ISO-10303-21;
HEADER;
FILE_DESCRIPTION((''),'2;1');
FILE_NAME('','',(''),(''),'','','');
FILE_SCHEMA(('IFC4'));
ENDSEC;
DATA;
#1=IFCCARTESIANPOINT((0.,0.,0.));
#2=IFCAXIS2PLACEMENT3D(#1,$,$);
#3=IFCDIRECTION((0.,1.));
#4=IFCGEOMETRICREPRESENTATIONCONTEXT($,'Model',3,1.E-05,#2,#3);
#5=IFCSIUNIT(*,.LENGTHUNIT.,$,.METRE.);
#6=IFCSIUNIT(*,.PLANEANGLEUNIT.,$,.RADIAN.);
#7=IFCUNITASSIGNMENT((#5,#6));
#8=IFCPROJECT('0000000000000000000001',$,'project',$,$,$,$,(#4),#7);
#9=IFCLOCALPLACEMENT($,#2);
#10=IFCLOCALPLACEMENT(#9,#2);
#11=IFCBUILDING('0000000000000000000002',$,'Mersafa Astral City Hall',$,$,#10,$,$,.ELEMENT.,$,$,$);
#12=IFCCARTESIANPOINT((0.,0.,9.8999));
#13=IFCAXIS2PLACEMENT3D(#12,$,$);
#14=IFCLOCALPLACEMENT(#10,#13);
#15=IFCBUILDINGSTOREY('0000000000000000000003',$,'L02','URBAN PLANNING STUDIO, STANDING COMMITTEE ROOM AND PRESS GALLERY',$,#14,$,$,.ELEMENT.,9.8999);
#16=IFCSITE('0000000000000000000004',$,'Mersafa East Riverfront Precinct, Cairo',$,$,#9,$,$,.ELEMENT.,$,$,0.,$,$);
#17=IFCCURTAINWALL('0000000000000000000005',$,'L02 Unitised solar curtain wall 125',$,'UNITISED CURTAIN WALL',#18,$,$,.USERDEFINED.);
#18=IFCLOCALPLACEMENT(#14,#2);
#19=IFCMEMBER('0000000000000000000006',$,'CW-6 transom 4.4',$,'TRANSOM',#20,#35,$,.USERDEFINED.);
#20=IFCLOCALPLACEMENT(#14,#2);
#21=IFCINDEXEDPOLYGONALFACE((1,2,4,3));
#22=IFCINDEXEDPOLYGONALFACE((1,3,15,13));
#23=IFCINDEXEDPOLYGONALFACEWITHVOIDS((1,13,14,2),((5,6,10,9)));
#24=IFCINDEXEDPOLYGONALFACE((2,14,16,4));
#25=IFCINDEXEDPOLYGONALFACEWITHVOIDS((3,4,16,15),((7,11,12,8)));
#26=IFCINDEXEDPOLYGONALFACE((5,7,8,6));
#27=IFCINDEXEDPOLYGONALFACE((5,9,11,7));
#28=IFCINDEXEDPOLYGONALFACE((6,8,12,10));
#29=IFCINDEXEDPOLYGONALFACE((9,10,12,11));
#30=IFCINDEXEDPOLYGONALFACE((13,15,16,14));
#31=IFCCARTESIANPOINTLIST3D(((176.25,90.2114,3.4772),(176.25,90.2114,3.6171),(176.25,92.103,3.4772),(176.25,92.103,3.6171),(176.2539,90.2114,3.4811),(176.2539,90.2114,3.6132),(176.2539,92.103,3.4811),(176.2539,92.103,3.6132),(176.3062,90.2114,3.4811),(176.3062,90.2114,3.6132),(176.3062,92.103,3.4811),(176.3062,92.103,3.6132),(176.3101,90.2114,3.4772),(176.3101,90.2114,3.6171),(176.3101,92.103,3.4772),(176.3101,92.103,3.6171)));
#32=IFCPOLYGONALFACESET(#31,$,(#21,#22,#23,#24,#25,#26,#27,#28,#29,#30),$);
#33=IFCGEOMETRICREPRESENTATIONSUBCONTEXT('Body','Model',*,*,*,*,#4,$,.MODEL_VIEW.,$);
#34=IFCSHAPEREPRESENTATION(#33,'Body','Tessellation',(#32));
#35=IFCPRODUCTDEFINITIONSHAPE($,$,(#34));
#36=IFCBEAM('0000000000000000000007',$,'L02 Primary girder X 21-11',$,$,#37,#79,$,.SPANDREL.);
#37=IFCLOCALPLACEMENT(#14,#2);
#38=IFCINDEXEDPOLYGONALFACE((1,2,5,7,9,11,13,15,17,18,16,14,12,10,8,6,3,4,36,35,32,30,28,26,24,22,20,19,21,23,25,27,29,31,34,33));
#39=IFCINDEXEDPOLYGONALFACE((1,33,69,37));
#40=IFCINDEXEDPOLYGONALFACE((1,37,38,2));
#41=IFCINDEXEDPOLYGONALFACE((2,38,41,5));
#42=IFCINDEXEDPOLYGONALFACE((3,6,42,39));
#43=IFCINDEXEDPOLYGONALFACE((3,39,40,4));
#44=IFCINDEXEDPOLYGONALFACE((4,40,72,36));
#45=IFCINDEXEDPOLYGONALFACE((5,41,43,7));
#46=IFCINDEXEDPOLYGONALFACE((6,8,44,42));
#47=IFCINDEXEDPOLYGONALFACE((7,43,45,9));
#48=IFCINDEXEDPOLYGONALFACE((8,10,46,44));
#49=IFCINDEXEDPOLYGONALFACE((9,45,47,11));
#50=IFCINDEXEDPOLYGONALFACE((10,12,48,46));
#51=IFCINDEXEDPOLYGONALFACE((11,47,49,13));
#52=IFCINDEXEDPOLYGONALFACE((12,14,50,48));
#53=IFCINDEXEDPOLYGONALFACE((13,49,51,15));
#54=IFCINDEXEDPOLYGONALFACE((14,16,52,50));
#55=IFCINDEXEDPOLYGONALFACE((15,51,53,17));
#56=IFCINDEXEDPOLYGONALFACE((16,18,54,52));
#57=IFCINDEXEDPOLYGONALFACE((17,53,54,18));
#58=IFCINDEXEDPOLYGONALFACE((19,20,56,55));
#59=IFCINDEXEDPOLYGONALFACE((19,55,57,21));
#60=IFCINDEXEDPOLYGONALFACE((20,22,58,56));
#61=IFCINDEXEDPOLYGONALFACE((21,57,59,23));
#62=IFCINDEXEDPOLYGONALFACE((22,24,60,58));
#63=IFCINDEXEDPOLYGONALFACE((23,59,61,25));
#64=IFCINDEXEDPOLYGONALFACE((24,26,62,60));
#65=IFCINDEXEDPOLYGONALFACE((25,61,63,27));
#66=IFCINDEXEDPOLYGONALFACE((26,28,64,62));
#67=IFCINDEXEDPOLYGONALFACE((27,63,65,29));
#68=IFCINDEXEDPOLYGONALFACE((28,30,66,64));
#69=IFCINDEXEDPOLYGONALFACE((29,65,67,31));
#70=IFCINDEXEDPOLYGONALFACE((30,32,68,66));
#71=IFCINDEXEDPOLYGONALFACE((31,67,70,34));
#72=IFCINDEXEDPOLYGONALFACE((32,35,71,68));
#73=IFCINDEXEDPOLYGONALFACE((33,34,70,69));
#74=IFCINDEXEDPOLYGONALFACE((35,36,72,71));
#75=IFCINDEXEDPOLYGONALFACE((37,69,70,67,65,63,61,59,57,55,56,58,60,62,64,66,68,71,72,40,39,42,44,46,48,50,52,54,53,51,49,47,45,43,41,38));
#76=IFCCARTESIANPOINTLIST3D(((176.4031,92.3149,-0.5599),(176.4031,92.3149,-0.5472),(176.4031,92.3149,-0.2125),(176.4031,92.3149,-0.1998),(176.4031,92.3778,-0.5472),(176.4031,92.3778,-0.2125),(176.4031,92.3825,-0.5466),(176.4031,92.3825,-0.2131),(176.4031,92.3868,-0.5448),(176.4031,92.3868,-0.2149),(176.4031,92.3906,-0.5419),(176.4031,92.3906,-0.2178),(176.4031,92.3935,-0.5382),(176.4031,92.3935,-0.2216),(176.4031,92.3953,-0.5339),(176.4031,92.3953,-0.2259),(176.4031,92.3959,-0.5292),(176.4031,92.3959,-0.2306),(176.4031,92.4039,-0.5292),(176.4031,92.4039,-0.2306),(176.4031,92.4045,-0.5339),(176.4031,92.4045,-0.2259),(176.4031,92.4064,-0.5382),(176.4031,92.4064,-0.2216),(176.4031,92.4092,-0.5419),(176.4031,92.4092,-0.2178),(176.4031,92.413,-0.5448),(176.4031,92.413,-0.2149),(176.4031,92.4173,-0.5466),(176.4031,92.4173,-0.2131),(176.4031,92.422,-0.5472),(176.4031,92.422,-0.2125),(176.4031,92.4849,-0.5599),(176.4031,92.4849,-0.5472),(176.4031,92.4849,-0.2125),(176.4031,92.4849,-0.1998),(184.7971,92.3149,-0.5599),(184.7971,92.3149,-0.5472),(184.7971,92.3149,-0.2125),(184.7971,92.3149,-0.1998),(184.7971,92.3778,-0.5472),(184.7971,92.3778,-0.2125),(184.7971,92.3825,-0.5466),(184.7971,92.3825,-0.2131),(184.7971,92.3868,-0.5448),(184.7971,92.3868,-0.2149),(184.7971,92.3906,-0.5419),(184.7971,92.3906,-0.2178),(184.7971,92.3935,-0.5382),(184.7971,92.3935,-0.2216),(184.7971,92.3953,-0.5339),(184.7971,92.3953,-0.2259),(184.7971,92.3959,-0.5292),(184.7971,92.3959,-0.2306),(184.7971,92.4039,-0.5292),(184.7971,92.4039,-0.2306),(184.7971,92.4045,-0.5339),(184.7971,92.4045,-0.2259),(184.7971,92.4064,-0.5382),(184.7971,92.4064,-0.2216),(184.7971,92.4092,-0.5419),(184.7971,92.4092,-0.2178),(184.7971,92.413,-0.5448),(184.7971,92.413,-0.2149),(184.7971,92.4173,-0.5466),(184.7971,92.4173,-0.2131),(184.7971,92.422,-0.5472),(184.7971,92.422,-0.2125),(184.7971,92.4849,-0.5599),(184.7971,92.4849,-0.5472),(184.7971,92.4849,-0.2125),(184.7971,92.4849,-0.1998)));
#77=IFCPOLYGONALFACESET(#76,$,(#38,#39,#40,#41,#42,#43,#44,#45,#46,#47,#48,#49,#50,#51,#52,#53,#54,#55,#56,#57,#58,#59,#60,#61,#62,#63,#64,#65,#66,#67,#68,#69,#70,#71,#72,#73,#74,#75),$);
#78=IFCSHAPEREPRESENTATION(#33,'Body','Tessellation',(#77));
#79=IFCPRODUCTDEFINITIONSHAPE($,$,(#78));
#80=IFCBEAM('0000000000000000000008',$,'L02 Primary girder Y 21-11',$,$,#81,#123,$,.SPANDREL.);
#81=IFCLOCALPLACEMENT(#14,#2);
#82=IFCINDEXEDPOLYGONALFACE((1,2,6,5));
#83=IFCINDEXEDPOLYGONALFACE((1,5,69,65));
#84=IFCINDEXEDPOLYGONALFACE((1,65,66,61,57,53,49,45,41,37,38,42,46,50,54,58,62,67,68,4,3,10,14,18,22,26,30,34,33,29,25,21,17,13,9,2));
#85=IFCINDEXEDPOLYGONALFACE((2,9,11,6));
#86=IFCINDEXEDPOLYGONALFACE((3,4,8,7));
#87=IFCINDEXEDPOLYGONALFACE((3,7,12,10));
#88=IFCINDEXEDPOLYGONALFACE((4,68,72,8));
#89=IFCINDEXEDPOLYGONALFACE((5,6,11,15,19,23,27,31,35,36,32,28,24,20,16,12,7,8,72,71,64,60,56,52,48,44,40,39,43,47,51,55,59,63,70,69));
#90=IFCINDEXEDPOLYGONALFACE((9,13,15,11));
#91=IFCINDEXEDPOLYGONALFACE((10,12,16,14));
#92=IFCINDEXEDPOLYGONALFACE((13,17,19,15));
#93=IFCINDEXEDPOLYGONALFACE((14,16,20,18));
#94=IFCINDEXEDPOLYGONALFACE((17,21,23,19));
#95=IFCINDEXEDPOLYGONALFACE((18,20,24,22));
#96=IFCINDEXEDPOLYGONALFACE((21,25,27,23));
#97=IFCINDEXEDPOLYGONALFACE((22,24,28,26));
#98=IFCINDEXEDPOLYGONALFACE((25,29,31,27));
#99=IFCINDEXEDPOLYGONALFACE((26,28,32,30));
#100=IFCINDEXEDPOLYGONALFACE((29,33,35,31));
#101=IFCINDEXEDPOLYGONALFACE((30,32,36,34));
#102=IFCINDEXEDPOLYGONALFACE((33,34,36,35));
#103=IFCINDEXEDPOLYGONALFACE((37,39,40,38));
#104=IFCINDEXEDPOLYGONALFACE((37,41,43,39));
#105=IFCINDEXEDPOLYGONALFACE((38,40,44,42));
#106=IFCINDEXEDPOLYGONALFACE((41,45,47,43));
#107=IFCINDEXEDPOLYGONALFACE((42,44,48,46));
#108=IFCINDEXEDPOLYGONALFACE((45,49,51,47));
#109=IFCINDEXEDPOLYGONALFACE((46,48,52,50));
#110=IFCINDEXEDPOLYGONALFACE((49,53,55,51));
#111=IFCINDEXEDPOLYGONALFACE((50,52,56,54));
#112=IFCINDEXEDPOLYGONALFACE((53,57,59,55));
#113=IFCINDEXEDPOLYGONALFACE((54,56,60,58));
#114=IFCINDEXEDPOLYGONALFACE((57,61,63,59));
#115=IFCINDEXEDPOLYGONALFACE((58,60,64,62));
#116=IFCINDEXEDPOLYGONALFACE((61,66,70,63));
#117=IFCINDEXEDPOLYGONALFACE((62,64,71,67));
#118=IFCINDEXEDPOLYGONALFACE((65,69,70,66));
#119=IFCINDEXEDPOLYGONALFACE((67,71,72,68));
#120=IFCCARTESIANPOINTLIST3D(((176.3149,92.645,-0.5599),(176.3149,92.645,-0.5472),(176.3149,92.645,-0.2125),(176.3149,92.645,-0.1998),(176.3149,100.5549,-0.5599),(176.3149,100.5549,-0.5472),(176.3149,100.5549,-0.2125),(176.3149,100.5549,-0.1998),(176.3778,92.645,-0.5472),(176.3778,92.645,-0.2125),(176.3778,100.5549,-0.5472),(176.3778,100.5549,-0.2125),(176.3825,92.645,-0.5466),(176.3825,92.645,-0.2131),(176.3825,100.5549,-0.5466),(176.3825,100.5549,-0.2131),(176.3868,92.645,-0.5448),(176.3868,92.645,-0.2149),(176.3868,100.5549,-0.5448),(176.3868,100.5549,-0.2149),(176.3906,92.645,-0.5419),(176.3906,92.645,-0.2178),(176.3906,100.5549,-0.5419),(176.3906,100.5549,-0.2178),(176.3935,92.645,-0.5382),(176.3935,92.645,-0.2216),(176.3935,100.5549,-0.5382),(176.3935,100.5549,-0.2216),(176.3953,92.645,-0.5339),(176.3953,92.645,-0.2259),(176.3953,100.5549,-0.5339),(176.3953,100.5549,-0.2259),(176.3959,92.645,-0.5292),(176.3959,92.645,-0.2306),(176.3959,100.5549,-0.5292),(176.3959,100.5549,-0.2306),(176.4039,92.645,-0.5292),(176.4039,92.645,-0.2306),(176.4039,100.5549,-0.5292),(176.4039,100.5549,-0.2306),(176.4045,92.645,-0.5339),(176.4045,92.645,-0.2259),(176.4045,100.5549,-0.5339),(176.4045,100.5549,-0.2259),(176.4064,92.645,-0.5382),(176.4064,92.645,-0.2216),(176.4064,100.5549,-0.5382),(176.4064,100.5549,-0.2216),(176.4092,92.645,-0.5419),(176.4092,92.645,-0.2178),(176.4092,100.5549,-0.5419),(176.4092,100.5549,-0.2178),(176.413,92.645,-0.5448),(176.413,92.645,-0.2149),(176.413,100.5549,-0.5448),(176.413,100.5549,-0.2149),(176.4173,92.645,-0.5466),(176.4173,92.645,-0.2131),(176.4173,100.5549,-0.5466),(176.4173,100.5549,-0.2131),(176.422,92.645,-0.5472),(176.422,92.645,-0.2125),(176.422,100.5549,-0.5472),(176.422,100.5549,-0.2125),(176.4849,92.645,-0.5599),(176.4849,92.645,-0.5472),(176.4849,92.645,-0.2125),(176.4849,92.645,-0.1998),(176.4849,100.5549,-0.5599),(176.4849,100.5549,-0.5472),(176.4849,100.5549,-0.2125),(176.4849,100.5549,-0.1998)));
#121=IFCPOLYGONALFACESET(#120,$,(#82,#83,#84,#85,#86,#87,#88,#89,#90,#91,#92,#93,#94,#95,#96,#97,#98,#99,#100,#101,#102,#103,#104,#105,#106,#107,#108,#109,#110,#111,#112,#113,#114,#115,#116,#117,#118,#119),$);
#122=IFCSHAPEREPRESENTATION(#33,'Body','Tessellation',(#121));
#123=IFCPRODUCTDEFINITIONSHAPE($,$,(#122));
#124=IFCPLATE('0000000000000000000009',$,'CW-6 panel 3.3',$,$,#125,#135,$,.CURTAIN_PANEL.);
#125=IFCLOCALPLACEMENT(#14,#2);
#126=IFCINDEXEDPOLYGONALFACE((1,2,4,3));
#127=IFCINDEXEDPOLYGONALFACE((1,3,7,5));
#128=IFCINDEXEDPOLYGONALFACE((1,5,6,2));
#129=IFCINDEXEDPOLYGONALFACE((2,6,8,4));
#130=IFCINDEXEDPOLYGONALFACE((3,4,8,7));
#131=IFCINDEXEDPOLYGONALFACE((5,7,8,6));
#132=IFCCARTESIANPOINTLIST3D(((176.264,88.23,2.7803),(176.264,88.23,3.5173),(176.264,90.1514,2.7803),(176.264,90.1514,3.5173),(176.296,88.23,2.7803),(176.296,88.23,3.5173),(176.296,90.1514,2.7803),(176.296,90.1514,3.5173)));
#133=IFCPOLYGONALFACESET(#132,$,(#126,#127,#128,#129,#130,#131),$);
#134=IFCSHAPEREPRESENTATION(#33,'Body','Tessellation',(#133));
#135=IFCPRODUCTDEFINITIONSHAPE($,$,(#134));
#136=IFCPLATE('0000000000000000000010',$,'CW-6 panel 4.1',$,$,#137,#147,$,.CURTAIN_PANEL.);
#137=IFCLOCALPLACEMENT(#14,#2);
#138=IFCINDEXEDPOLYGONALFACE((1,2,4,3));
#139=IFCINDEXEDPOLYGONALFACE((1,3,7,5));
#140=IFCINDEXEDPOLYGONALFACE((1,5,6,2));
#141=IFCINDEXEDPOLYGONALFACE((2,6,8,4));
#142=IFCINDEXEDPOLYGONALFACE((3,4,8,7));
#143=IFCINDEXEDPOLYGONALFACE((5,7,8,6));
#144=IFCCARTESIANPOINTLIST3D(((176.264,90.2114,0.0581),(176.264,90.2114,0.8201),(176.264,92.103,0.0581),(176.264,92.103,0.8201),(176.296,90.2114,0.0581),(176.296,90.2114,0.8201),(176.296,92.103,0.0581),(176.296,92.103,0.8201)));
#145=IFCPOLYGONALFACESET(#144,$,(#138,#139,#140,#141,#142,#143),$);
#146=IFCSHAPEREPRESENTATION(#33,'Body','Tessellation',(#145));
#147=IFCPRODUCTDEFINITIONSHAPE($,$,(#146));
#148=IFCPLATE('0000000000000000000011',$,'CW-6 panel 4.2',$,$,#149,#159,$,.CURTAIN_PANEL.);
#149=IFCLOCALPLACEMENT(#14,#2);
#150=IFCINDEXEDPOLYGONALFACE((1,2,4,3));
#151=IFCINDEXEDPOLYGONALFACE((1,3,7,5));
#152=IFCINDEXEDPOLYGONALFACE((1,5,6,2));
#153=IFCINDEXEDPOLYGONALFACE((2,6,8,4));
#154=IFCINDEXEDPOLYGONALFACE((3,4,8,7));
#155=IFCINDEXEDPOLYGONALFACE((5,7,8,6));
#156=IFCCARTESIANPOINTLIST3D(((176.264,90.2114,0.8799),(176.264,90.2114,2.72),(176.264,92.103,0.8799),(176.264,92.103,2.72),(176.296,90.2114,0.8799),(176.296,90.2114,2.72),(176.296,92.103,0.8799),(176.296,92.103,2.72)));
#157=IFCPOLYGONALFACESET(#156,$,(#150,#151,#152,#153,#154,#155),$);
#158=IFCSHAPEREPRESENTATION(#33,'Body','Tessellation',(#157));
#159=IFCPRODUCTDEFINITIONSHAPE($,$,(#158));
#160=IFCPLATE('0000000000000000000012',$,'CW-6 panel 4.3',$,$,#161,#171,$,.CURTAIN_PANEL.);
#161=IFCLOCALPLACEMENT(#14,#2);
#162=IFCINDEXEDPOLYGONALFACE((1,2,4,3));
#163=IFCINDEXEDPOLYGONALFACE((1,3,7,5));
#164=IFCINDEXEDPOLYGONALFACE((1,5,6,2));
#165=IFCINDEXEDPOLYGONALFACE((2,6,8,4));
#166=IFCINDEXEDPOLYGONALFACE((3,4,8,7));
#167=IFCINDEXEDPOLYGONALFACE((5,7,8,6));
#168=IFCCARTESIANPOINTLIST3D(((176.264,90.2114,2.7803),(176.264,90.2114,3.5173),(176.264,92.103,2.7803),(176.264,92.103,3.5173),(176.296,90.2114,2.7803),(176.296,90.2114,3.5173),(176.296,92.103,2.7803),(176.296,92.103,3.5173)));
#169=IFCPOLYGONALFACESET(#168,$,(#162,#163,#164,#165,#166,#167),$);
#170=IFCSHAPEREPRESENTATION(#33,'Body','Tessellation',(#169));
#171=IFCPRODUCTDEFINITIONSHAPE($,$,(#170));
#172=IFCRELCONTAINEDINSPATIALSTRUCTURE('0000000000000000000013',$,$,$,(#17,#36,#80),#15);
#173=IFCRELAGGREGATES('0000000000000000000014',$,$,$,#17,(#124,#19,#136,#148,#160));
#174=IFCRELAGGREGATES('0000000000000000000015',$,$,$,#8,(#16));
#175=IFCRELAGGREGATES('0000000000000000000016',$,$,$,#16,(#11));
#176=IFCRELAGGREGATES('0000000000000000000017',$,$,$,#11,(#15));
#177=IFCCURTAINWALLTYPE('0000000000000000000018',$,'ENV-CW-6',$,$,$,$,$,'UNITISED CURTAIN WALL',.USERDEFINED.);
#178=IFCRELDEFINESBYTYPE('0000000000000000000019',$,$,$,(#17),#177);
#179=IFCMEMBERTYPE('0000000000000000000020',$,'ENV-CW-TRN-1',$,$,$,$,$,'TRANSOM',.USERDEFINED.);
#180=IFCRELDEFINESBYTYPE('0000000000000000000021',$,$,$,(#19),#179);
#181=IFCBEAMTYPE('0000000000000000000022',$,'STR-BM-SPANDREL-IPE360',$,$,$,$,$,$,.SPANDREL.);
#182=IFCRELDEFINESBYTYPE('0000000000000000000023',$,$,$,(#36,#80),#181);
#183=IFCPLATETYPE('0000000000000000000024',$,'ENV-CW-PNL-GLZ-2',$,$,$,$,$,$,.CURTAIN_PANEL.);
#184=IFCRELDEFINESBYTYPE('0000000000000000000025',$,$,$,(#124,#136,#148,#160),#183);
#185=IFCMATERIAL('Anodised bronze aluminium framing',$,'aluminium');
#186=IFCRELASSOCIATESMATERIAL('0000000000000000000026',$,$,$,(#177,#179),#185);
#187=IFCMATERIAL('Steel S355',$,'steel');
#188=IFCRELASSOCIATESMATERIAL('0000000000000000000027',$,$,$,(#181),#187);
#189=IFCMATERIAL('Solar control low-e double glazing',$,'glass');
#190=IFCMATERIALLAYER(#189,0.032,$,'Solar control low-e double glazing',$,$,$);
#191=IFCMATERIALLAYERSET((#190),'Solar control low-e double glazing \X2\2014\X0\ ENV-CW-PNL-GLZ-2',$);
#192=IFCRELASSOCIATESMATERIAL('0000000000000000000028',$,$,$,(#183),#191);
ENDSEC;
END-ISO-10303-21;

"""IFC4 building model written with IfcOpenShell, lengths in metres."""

from ifc_helpers import new_model, si_unit, direction, frame, origin, origin_2d, place, context, subcontext, project, spatial, rectangle, hollow_rectangle, i_section, extrude, material, layer, layer_set, material_profile, profile_set, type_object, element, aggregate, save


model = new_model("IFC4")

# Units and contexts
model_context = context("Model", 3, precision=1e-05, world=origin(), true_north=direction((0.0, 1.0)))
body_context = subcontext(model_context, "Body", "Model", "MODEL_VIEW")
ifc_project = project(units=[si_unit("LENGTHUNIT", "METRE"), si_unit("PLANEANGLEUNIT", "RADIAN")], contexts=[model_context])

# Site, building, storey
site_placement = place(None, origin())
site = spatial("IfcSite", under=ifc_project, at=site_placement, Name="Mersafa East Riverfront Precinct, Cairo", CompositionType="ELEMENT", RefElevation=0.0)
building_placement = place(site_placement, origin())
building = spatial("IfcBuilding", under=site, at=building_placement, Name="Mersafa Astral City Hall", CompositionType="ELEMENT")
storey_placement = place(building_placement, frame((0.0, 0.0, 9.8999)))
storey = spatial("IfcBuildingStorey", under=building, at=storey_placement, Name="L02", Description="URBAN PLANNING STUDIO, STANDING COMMITTEE ROOM AND PRESS GALLERY", CompositionType="ELEMENT", Elevation=9.8999)

# Shared definitions
ifc_material_1 = material(Name="Steel S355", Category="steel")

# Curtain wall, member
ifc_material_2 = material(Name="Anodised bronze aluminium framing", Category="aluminium")
curtain_wall_type = type_object("IfcCurtainWallType", Name="ENV-CW-6", ElementType="UNITISED CURTAIN WALL", PredefinedType="USERDEFINED", material=ifc_material_2)
curtain_wall_placement = place(storey_placement, origin())
curtain_wall = element("IfcCurtainWall", 1, at=curtain_wall_placement, inside=storey, type_object=curtain_wall_type, Name="L02 Unitised solar curtain wall 125", ObjectType="UNITISED CURTAIN WALL", PredefinedType="USERDEFINED")
ifc_material_profile_1 = material_profile(ifc_material_2, hollow_rectangle(XDim=0.0601, YDim=0.1399, WallThickness=0.0039, at=origin_2d()), Name="RHS 60x140x4")
ifc_profile_set_1 = profile_set([ifc_material_profile_1], Name="Anodised bronze aluminium framing")
member_type_1 = type_object("IfcMemberType", Name="ENV-CW-TRN-1", ElementType="TRANSOM", PredefinedType="USERDEFINED", material=ifc_profile_set_1)
member_1_placement = place(storey_placement, frame((176.28, 90.2114, 3.5471), z_axis=(0.0, 1.0, 0.0), x_axis=(-1.0, 0.0, 0.0)))
member_1 = element("IfcMember", 2, at=member_1_placement, type_object=member_type_1, Name="CW-6 transom 4.4", ObjectType="TRANSOM", PredefinedType="USERDEFINED", context=body_context, shape_type="SweptSolid", body=[
    extrude(hollow_rectangle(XDim=0.0601, YDim=0.1399, WallThickness=0.0039, at=origin_2d()), origin(), (0.0, 0.0, 1.0), 1.8916),
])

# Beams
ifc_material_profile_2 = material_profile(ifc_material_1, i_section(OverallWidth=0.1699, OverallDepth=0.3601, WebThickness=0.0081, FlangeThickness=0.0127, FilletRadius=0.0181, at=origin_2d()), Name="IPE 360")
ifc_profile_set_2 = profile_set([ifc_material_profile_2], Name="Steel S355")
beam_type = type_object("IfcBeamType", Name="STR-BM-SPANDREL-IPE360", PredefinedType="SPANDREL", material=ifc_profile_set_2)
beam_1_placement = place(storey_placement, frame((176.4031, 92.3999, -0.3799), z_axis=(1.0, 0.0, 0.0), x_axis=(0.0, 1.0, 0.0)))
element("IfcBeam", 3, at=beam_1_placement, inside=storey, type_object=beam_type, Name="L02 Primary girder X 21-11", PredefinedType="SPANDREL", context=body_context, shape_type="SweptSolid", body=[
    extrude(i_section(OverallWidth=0.1699, OverallDepth=0.3601, WebThickness=0.0081, FlangeThickness=0.0127, FilletRadius=0.0181, at=origin_2d()), origin(), (0.0, 0.0, 1.0), 8.394),
])
beam_2_placement = place(storey_placement, frame((176.3999, 92.645, -0.3799), z_axis=(0.0, 1.0, 0.0), x_axis=(-1.0, 0.0, 0.0)))
element("IfcBeam", 4, at=beam_2_placement, inside=storey, type_object=beam_type, Name="L02 Primary girder Y 21-11", PredefinedType="SPANDREL", context=body_context, shape_type="SweptSolid", body=[
    extrude(i_section(OverallWidth=0.1699, OverallDepth=0.3601, WebThickness=0.0081, FlangeThickness=0.0127, FilletRadius=0.0181, at=origin_2d()), origin(), (0.0, 0.0, 1.0), 7.9099),
])

# Plates
ifc_material_3 = material(Name="Solar control low-e double glazing", Category="glass")
ifc_layer_1 = layer(ifc_material_3, 0.032, Name="Solar control low-e double glazing")
ifc_layer_set_1 = layer_set([ifc_layer_1], Name="Solar control low-e double glazing — ENV-CW-PNL-GLZ-2")
plate_type = type_object("IfcPlateType", Name="ENV-CW-PNL-GLZ-2", PredefinedType="CURTAIN_PANEL", material=ifc_layer_set_1)
plate_1_placement = place(storey_placement, frame((176.28, 89.1907, 2.7803), z_axis=(0.0, 0.0, 1.0), x_axis=(0.0, 1.0, 0.0)))
plate_1 = element("IfcPlate", 5, at=plate_1_placement, type_object=plate_type, Name="CW-6 panel 3.3", PredefinedType="CURTAIN_PANEL", context=body_context, shape_type="SweptSolid", body=[
    extrude(rectangle(XDim=1.9214, YDim=0.032, at=origin_2d()), origin(), (0.0, 0.0, 1.0), 0.7371),
])
plate_2_placement = place(storey_placement, frame((176.28, 91.1572, 0.0581), z_axis=(0.0, 0.0, 1.0), x_axis=(0.0, 1.0, 0.0)))
plate_2 = element("IfcPlate", 6, at=plate_2_placement, type_object=plate_type, Name="CW-6 panel 4.1", PredefinedType="CURTAIN_PANEL", context=body_context, shape_type="SweptSolid", body=[
    extrude(rectangle(XDim=1.8916, YDim=0.032, at=origin_2d()), origin(), (0.0, 0.0, 1.0), 0.762),
])
plate_3_placement = place(storey_placement, frame((176.28, 91.1572, 0.8799), z_axis=(0.0, 0.0, 1.0), x_axis=(0.0, 1.0, 0.0)))
plate_3 = element("IfcPlate", 7, at=plate_3_placement, type_object=plate_type, Name="CW-6 panel 4.2", PredefinedType="CURTAIN_PANEL", context=body_context, shape_type="SweptSolid", body=[
    extrude(rectangle(XDim=1.8916, YDim=0.032, at=origin_2d()), origin(), (0.0, 0.0, 1.0), 1.8401),
])
plate_4_placement = place(storey_placement, frame((176.28, 91.1572, 2.7803), z_axis=(0.0, 0.0, 1.0), x_axis=(0.0, 1.0, 0.0)))
plate_4 = element("IfcPlate", 8, at=plate_4_placement, type_object=plate_type, Name="CW-6 panel 4.3", PredefinedType="CURTAIN_PANEL", context=body_context, shape_type="SweptSolid", body=[
    extrude(rectangle(XDim=1.8916, YDim=0.032, at=origin_2d()), origin(), (0.0, 0.0, 1.0), 0.7371),
])
aggregate(curtain_wall, [plate_1, member_1, plate_2, plate_3, plate_4])

save(model, "model.ifc")
